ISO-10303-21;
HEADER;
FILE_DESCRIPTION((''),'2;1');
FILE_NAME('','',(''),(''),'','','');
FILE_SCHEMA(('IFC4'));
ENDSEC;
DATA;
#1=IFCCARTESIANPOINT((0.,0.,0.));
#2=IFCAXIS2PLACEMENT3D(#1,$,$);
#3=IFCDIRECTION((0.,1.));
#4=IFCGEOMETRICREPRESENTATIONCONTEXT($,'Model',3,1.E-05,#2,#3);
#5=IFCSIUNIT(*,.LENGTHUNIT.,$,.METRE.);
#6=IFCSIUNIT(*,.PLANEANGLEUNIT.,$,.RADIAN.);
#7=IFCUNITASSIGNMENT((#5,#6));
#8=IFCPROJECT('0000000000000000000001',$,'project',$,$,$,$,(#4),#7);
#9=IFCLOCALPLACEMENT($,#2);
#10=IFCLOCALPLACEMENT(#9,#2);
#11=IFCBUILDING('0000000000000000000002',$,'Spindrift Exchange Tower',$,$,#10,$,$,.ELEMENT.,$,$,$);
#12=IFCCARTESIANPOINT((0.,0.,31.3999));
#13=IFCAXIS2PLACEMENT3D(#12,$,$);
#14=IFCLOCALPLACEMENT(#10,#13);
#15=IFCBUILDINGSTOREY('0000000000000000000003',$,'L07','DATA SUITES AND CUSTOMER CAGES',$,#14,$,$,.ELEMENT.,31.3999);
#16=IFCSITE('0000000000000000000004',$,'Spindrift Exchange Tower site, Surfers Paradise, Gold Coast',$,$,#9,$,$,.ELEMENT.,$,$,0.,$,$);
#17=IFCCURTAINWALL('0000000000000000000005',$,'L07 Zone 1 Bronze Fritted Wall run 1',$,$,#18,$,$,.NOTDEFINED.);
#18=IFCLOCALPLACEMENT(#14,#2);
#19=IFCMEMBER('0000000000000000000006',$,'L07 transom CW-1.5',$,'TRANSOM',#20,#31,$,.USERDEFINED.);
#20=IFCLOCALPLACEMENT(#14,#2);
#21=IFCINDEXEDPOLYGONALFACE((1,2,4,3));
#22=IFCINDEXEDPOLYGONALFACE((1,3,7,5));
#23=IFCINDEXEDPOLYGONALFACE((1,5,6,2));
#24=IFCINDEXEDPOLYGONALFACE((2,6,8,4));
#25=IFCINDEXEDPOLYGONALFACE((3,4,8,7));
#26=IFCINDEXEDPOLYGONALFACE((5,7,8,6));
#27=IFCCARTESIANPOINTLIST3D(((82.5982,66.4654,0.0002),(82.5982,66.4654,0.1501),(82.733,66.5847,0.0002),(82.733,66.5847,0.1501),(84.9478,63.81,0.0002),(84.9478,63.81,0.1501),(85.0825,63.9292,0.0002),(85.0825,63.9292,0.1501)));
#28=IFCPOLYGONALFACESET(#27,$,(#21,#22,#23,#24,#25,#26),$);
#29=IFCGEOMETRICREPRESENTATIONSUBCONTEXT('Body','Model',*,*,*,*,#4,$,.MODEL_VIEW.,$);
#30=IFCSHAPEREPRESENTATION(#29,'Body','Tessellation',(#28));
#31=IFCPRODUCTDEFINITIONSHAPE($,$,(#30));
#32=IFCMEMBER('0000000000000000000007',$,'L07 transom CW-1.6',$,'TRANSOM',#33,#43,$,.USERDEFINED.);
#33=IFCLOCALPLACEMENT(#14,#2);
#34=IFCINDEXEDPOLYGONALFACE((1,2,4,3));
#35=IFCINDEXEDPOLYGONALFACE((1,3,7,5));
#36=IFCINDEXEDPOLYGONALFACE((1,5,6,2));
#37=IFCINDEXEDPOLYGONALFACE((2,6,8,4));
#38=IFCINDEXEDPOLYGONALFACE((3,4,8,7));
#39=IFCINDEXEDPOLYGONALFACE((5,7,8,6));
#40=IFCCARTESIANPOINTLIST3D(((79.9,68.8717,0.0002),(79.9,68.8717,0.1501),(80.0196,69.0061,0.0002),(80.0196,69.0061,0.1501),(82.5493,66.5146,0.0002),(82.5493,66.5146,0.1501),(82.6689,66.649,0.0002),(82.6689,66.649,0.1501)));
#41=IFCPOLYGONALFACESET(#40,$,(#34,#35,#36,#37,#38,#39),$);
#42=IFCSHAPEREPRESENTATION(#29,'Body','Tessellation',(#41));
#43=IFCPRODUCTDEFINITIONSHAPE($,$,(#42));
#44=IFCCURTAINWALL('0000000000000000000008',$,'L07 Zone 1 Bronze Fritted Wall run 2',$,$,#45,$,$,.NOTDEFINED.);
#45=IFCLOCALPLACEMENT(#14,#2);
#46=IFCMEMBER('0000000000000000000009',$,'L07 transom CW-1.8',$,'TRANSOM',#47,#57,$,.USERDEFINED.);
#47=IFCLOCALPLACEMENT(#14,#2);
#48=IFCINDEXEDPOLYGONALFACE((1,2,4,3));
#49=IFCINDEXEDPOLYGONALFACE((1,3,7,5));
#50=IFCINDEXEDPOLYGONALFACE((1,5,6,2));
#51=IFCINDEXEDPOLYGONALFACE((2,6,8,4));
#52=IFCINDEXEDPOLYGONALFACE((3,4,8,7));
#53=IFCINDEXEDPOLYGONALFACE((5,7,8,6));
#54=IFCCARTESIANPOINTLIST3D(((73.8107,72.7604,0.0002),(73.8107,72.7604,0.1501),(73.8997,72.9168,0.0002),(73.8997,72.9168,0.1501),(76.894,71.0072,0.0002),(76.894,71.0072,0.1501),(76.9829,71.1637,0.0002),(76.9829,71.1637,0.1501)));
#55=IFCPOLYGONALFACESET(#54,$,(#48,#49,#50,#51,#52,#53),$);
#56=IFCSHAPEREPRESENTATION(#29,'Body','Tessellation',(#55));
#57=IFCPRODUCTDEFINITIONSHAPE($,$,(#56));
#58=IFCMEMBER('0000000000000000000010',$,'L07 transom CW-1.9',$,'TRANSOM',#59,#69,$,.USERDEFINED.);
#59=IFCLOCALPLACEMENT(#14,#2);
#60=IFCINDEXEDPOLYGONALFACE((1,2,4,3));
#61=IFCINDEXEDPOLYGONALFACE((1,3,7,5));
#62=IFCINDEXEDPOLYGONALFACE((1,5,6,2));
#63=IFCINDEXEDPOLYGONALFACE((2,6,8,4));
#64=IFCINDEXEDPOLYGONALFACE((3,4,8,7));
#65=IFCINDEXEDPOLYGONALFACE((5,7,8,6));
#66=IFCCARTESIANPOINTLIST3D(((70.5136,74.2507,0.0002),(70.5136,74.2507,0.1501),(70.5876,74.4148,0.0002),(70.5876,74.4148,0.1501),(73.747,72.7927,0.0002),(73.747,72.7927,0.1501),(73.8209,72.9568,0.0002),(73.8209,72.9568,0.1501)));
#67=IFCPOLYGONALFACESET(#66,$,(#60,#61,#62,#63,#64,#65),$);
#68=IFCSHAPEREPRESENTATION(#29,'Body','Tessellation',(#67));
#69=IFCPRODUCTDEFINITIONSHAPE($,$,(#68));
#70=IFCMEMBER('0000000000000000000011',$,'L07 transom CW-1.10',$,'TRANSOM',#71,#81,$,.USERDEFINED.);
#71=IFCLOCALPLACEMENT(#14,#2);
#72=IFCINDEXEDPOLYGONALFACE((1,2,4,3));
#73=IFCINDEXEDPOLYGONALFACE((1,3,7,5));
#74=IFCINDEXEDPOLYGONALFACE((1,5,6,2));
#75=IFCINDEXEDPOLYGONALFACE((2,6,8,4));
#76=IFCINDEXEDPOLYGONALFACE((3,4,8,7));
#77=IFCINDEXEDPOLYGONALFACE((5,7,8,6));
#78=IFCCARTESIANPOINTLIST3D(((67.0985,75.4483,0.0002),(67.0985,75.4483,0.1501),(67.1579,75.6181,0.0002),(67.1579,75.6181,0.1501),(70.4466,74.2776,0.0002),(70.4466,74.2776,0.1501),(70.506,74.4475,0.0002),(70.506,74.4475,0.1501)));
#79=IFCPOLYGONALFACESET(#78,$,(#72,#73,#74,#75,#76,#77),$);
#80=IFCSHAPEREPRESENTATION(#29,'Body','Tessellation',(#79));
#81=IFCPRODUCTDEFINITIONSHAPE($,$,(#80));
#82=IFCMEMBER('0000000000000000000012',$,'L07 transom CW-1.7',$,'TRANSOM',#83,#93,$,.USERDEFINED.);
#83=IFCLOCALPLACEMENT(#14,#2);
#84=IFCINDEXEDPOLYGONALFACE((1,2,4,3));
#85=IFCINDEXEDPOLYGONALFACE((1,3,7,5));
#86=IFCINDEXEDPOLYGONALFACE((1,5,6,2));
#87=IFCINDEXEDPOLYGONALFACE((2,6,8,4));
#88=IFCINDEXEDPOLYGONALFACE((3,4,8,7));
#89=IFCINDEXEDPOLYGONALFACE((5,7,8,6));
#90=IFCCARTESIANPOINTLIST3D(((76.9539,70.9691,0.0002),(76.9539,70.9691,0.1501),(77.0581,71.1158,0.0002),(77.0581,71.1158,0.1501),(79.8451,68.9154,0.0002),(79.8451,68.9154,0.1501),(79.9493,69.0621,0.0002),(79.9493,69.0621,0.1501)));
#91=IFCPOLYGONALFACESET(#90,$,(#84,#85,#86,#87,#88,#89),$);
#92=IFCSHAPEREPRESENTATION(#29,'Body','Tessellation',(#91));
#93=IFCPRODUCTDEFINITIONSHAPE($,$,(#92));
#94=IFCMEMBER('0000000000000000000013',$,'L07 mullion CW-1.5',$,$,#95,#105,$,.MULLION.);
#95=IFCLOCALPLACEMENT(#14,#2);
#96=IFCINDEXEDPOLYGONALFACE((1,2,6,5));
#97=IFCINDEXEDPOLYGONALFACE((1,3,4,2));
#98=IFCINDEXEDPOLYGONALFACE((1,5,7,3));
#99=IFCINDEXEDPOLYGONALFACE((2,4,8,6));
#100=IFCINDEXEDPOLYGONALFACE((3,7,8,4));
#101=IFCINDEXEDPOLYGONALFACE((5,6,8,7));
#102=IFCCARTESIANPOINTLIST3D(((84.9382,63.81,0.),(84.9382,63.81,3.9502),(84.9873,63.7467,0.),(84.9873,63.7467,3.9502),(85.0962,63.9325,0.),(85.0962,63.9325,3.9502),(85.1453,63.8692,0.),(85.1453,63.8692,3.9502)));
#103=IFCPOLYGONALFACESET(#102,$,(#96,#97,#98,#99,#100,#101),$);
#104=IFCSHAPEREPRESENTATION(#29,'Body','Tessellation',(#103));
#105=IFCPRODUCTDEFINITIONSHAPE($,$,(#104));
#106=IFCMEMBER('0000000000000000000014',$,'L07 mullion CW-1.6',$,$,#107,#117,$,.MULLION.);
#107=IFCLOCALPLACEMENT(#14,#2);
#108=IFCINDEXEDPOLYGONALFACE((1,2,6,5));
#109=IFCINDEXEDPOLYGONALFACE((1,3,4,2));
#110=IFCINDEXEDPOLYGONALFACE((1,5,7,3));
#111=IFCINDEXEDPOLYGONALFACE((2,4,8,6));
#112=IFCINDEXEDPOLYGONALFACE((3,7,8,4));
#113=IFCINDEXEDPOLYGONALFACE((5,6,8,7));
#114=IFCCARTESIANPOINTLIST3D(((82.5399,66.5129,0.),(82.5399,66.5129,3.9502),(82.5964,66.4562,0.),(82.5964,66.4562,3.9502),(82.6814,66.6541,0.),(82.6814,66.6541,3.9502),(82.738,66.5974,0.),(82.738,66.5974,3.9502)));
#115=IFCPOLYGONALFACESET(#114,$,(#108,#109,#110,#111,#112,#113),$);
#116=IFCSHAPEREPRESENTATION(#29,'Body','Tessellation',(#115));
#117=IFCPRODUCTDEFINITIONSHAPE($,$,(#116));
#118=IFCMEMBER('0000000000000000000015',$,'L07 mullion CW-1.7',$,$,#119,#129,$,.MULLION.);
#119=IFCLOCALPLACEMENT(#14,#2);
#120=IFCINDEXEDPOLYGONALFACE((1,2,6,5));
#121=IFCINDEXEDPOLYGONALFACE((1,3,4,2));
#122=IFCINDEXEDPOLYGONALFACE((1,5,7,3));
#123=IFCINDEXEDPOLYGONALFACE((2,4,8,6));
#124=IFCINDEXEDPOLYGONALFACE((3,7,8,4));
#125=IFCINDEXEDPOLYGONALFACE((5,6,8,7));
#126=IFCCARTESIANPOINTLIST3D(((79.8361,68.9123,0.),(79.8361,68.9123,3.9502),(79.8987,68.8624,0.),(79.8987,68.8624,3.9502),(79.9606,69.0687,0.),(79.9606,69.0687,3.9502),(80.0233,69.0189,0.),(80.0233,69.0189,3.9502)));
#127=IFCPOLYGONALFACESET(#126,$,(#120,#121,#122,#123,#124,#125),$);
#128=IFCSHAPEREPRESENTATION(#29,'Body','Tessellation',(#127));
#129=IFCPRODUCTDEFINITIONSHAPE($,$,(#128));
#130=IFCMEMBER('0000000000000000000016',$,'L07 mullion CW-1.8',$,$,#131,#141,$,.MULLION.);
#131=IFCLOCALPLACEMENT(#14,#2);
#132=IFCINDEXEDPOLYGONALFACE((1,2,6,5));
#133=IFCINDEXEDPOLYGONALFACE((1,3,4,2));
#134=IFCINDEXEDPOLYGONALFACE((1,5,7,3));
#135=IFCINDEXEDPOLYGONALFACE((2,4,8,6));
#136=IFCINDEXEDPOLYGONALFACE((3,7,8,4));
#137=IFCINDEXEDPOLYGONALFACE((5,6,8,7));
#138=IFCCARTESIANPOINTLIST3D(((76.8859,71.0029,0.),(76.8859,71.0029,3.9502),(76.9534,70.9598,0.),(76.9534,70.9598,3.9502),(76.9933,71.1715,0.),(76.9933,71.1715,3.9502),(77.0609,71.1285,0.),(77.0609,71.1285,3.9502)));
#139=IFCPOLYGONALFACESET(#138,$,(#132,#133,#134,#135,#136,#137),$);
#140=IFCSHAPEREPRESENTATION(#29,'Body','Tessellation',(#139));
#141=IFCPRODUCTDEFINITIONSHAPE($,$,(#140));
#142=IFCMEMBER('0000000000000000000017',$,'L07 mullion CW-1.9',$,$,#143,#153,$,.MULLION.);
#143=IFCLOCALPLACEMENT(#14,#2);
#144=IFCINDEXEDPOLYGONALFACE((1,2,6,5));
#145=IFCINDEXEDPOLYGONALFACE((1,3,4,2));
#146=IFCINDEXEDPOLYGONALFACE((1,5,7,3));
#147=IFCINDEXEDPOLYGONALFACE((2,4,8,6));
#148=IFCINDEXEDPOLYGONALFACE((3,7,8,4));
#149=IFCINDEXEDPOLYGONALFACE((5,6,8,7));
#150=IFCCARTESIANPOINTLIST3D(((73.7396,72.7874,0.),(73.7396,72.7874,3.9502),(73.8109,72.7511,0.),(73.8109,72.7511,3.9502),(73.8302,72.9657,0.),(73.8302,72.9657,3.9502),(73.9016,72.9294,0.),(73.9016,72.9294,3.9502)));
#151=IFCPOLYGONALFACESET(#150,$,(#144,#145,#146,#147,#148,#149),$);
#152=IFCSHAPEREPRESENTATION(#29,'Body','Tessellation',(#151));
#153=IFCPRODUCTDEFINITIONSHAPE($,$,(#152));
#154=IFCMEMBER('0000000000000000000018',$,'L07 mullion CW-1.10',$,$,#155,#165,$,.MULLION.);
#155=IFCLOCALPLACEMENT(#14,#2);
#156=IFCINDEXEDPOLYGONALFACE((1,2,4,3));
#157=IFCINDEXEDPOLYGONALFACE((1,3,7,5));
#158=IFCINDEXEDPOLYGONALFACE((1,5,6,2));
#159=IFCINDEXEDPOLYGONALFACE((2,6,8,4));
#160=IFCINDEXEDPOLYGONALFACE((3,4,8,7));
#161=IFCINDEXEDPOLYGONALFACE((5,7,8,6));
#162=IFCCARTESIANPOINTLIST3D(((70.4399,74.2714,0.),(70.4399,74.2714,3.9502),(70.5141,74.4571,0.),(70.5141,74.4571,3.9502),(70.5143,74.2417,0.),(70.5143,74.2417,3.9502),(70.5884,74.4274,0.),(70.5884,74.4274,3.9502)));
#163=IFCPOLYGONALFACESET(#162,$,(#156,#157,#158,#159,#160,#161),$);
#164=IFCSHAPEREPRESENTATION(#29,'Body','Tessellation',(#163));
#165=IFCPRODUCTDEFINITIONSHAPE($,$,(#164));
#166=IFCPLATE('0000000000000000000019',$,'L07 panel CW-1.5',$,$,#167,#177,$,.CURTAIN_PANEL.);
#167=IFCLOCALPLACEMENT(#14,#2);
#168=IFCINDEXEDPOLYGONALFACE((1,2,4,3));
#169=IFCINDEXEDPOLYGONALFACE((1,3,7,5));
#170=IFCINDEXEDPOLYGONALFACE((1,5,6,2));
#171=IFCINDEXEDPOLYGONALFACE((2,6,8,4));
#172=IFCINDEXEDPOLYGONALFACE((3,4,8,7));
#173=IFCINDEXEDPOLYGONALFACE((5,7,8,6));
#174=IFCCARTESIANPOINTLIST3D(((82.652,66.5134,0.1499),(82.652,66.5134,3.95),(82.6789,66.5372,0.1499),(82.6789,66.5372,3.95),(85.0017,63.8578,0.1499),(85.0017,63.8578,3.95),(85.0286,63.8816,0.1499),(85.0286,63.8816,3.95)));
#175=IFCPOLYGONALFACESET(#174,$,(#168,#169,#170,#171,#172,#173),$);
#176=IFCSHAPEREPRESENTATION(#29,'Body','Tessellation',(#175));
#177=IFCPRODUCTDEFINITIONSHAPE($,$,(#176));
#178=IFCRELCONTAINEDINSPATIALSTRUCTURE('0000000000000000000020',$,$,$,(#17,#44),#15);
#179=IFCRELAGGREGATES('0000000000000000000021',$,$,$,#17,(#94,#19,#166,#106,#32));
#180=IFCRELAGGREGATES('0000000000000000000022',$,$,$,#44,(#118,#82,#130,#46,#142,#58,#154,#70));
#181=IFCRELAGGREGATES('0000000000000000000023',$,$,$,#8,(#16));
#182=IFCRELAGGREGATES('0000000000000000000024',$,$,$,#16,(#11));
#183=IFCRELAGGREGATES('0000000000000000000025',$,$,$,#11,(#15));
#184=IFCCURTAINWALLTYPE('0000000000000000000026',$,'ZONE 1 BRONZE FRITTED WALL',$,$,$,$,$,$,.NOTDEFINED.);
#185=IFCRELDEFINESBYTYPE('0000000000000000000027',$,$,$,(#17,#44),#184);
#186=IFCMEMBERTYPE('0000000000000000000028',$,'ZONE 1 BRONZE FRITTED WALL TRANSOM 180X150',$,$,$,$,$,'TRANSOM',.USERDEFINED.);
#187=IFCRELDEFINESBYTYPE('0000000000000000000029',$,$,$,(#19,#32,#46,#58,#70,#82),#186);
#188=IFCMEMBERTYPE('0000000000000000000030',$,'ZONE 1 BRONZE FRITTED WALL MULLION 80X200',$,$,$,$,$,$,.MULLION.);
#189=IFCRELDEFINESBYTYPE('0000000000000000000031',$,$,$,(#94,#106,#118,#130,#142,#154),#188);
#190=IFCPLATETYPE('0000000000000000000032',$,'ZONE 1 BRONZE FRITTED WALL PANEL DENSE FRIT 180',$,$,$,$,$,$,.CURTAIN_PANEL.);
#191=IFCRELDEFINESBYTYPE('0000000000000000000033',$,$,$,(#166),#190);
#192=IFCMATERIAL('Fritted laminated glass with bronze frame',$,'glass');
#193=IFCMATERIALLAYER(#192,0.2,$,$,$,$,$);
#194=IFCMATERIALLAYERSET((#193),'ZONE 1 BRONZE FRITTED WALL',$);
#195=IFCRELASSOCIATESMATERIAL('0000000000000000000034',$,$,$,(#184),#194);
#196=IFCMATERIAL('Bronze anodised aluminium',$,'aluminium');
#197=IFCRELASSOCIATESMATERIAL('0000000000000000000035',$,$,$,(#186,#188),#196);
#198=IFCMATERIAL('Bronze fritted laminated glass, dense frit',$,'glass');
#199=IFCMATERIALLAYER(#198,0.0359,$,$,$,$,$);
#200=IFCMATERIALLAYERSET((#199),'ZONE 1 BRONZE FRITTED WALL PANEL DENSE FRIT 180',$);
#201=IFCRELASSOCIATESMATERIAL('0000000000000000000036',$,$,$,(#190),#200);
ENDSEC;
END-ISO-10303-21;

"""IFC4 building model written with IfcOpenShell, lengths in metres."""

from ifc_helpers import new_model, si_unit, direction, frame, origin, origin_2d, place, context, subcontext, project, spatial, rectangle, extrude, source, transform, mapped, material, layer, layer_set, material_profile, profile_set, type_object, element, aggregate, save


model = new_model("IFC4")

# Units and contexts
model_context = context("Model", 3, precision=1e-05, world=origin(), true_north=direction((0.0, 1.0)))
body_context = subcontext(model_context, "Body", "Model", "MODEL_VIEW")
ifc_project = project(units=[si_unit("LENGTHUNIT", "METRE"), si_unit("PLANEANGLEUNIT", "RADIAN")], contexts=[model_context])

# Site, building, storey
site_placement = place(None, origin())
site = spatial("IfcSite", under=ifc_project, at=site_placement, Name="Spindrift Exchange Tower site, Surfers Paradise, Gold Coast", CompositionType="ELEMENT", RefElevation=0.0)
building_placement = place(site_placement, origin())
building = spatial("IfcBuilding", under=site, at=building_placement, Name="Spindrift Exchange Tower", CompositionType="ELEMENT")
storey_placement = place(building_placement, frame((0.0, 0.0, 31.3999)))
storey = spatial("IfcBuildingStorey", under=building, at=storey_placement, Name="L07", Description="DATA SUITES AND CUSTOMER CAGES", CompositionType="ELEMENT", Elevation=31.3999)

# Curtain walls, members
ifc_material_1 = material(Name="Fritted laminated glass with bronze frame", Category="glass")
ifc_layer_1 = layer(ifc_material_1, 0.2)
ifc_layer_set_1 = layer_set([ifc_layer_1], Name="ZONE 1 BRONZE FRITTED WALL")
curtain_wall_type = type_object("IfcCurtainWallType", Name="ZONE 1 BRONZE FRITTED WALL", PredefinedType="NOTDEFINED", material=ifc_layer_set_1)
curtain_wall_1_placement = place(storey_placement, origin())
curtain_wall_1 = element("IfcCurtainWall", 1, at=curtain_wall_1_placement, inside=storey, type_object=curtain_wall_type, Name="L07 Zone 1 Bronze Fritted Wall run 1", PredefinedType="NOTDEFINED")
ifc_material_2 = material(Name="Bronze anodised aluminium", Category="aluminium")
ifc_material_profile_1 = material_profile(ifc_material_2, rectangle(XDim=0.1799, YDim=0.1499, at=origin_2d()), Name="ZONE 1 BRONZE FRITTED WALL TRANSOM 180X150")
ifc_profile_set_1 = profile_set([ifc_material_profile_1], Name="Bronze anodised aluminium")
member_type_1 = type_object("IfcMemberType", Name="ZONE 1 BRONZE FRITTED WALL TRANSOM 180X150", ElementType="TRANSOM", PredefinedType="USERDEFINED", material=ifc_profile_set_1)
shared_shape_1 = source(origin(), body_context, "Body", "SweptSolid", [
    extrude(rectangle(XDim=0.1799, YDim=0.1499, at=origin_2d()), origin(), (0.0, 0.0, 1.0), 3.5457),
])
member_1_placement = place(storey_placement, frame((85.0151, 63.8696, 0.0752), z_axis=(-0.662653, 0.748927, 0.0), x_axis=(-0.748927, -0.662653, 0.0)))
member_1 = element("IfcMember", 2, at=member_1_placement, type_object=member_type_1, Name="L07 transom CW-1.5", ObjectType="TRANSOM", PredefinedType="USERDEFINED", context=body_context, shape_type="MappedRepresentation", body=[
    mapped(shared_shape_1, transform((0.0, 0.0, 0.0), scale=1.0)),
])
shared_shape_2 = source(origin(), body_context, "Body", "SweptSolid", [
    extrude(rectangle(XDim=0.1799, YDim=0.1499, at=origin_2d()), origin(), (0.0, 0.0, 1.0), 3.5461),
])
member_2_placement = place(storey_placement, frame((82.6091, 66.5818, 0.0752), z_axis=(-0.747109, 0.664701, 0.0), x_axis=(-0.664701, -0.747109, 0.0)))
member_2 = element("IfcMember", 3, at=member_2_placement, type_object=member_type_1, Name="L07 transom CW-1.6", ObjectType="TRANSOM", PredefinedType="USERDEFINED", context=body_context, shape_type="MappedRepresentation", body=[
    mapped(shared_shape_2, transform((0.0, 0.0, 0.0), scale=1.0)),
])
curtain_wall_2_placement = place(storey_placement, origin())
curtain_wall_2 = element("IfcCurtainWall", 4, at=curtain_wall_2_placement, inside=storey, type_object=curtain_wall_type, Name="L07 Zone 1 Bronze Fritted Wall run 2", PredefinedType="NOTDEFINED")
shared_shape_3 = source(origin(), body_context, "Body", "SweptSolid", [
    extrude(rectangle(XDim=0.1799, YDim=0.1499, at=origin_2d()), origin(), (0.0, 0.0, 1.0), 3.5469),
])
member_3_placement = place(storey_placement, frame((76.9385, 71.0854, 0.0752), z_axis=(-0.869296, 0.494292, 0.0), x_axis=(-0.494292, -0.869296, 0.0)))
member_3 = element("IfcMember", 5, at=member_3_placement, type_object=member_type_1, Name="L07 transom CW-1.8", ObjectType="TRANSOM", PredefinedType="USERDEFINED", context=body_context, shape_type="MappedRepresentation", body=[
    mapped(shared_shape_3, transform((0.0, 0.0, 0.0), scale=1.0)),
])
member_4_placement = place(storey_placement, frame((73.7839, 72.8748, 0.0752), z_axis=(-0.911607, 0.411063, 0.0), x_axis=(-0.411063, -0.911607, 0.0)))
member_4 = element("IfcMember", 6, at=member_4_placement, type_object=member_type_1, Name="L07 transom CW-1.9", ObjectType="TRANSOM", PredefinedType="USERDEFINED", context=body_context, shape_type="MappedRepresentation", body=[
    mapped(shared_shape_3, transform((0.0, 0.0, 0.0), scale=1.0)),
])
member_5_placement = place(storey_placement, frame((70.4763, 74.3625, 0.0752), z_axis=(-0.943963, 0.33005, 0.0), x_axis=(-0.33005, -0.943963, 0.0)))
member_5 = element("IfcMember", 7, at=member_5_placement, type_object=member_type_1, Name="L07 transom CW-1.10", ObjectType="TRANSOM", PredefinedType="USERDEFINED", context=body_context, shape_type="MappedRepresentation", body=[
    mapped(shared_shape_3, transform((0.0, 0.0, 0.0), scale=1.0)),
])
shared_shape_4 = source(origin(), body_context, "Body", "SweptSolid", [
    extrude(rectangle(XDim=0.1799, YDim=0.1499, at=origin_2d()), origin(), (0.0, 0.0, 1.0), 3.5464),
])
member_6_placement = place(storey_placement, frame((79.8972, 68.9888, 0.0752), z_axis=(-0.81527, 0.579081, 0.0), x_axis=(-0.579081, -0.81527, 0.0)))
member_6 = element("IfcMember", 8, at=member_6_placement, type_object=member_type_1, Name="L07 transom CW-1.7", ObjectType="TRANSOM", PredefinedType="USERDEFINED", context=body_context, shape_type="MappedRepresentation", body=[
    mapped(shared_shape_4, transform((0.0, 0.0, 0.0), scale=1.0)),
])

# Members
ifc_material_profile_2 = material_profile(ifc_material_2, rectangle(XDim=0.0801, YDim=0.2, at=origin_2d()), Name="ZONE 1 BRONZE FRITTED WALL MULLION 80X200")
ifc_profile_set_2 = profile_set([ifc_material_profile_2], Name="Bronze anodised aluminium")
member_type_2 = type_object("IfcMemberType", Name="ZONE 1 BRONZE FRITTED WALL MULLION 80X200", PredefinedType="MULLION", material=ifc_profile_set_2)
shared_shape_5 = source(origin(), body_context, "Body", "SweptSolid", [
    extrude(rectangle(XDim=0.0801, YDim=0.2, at=origin_2d()), origin(), (0.0, 0.0, 1.0), 3.9502),
])
member_7_placement = place(storey_placement, frame((85.0417, 63.8396, 0.0), z_axis=(0.0, 0.0, 1.0), x_axis=(-0.61255, 0.790432, 0.0)))
member_7 = element("IfcMember", 9, at=member_7_placement, type_object=member_type_2, Name="L07 mullion CW-1.5", PredefinedType="MULLION", context=body_context, shape_type="MappedRepresentation", body=[
    mapped(shared_shape_5, transform((0.0, 0.0, 0.0), scale=1.0)),
])
member_8_placement = place(storey_placement, frame((82.6389, 66.5552, 0.0), z_axis=(0.0, 0.0, 1.0), x_axis=(-0.706137, 0.708075, 0.0)))
member_8 = element("IfcMember", 10, at=member_8_placement, type_object=member_type_2, Name="L07 mullion CW-1.6", PredefinedType="MULLION", context=body_context, shape_type="MappedRepresentation", body=[
    mapped(shared_shape_5, transform((0.0, 0.0, 0.0), scale=1.0)),
])
member_9_placement = place(storey_placement, frame((79.9297, 68.9656, 0.0), z_axis=(0.0, 0.0, 1.0), x_axis=(-0.782345, 0.622846, 0.0)))
member_9 = element("IfcMember", 11, at=member_9_placement, type_object=member_type_2, Name="L07 mullion CW-1.7", PredefinedType="MULLION", context=body_context, shape_type="MappedRepresentation", body=[
    mapped(shared_shape_5, transform((0.0, 0.0, 0.0), scale=1.0)),
])
member_10_placement = place(storey_placement, frame((76.9734, 71.0657, 0.0), z_axis=(0.0, 0.0, 1.0), x_axis=(-0.843344, 0.537374, 0.0)))
member_10 = element("IfcMember", 12, at=member_10_placement, type_object=member_type_2, Name="L07 mullion CW-1.8", PredefinedType="MULLION", context=body_context, shape_type="MappedRepresentation", body=[
    mapped(shared_shape_5, transform((0.0, 0.0, 0.0), scale=1.0)),
])
member_11_placement = place(storey_placement, frame((73.8206, 72.8584, 0.0), z_axis=(0.0, 0.0, 1.0), x_axis=(-0.891426, 0.453167, 0.0)))
member_11 = element("IfcMember", 13, at=member_11_placement, type_object=member_type_2, Name="L07 mullion CW-1.9", PredefinedType="MULLION", context=body_context, shape_type="MappedRepresentation", body=[
    mapped(shared_shape_5, transform((0.0, 0.0, 0.0), scale=1.0)),
])
member_12_placement = place(storey_placement, frame((70.5142, 74.3494, 0.0), z_axis=(0.0, 0.0, 1.0), x_axis=(-0.928666, 0.370917, 0.0)))
member_12 = element("IfcMember", 14, at=member_12_placement, type_object=member_type_2, Name="L07 mullion CW-1.10", PredefinedType="MULLION", context=body_context, shape_type="MappedRepresentation", body=[
    mapped(shared_shape_5, transform((0.0, 0.0, 0.0), scale=1.0)),
])

# Plate
ifc_material_3 = material(Name="Bronze fritted laminated glass, dense frit", Category="glass")
ifc_layer_2 = layer(ifc_material_3, 0.0359)
ifc_layer_set_2 = layer_set([ifc_layer_2], Name="ZONE 1 BRONZE FRITTED WALL PANEL DENSE FRIT 180")
plate_type_1 = type_object("IfcPlateType", Name="ZONE 1 BRONZE FRITTED WALL PANEL DENSE FRIT 180", PredefinedType="CURTAIN_PANEL", material=ifc_layer_set_2)
shared_shape_6 = source(origin(), body_context, "Body", "SweptSolid", [
    extrude(rectangle(XDim=3.5459, YDim=0.0359, at=origin_2d()), origin(), (0.0, 0.0, 1.0), 3.8),
])
plate_1_placement = place(storey_placement, frame((83.8403, 65.1975, 0.1499), z_axis=(0.0, 0.0, 1.0), x_axis=(-0.662655, 0.748924, 0.0)))
plate_1 = element("IfcPlate", 15, at=plate_1_placement, type_object=plate_type_1, Name="L07 panel CW-1.5", PredefinedType="CURTAIN_PANEL", context=body_context, shape_type="MappedRepresentation", body=[
    mapped(shared_shape_6, transform((0.0, 0.0, 0.0), scale=1.0)),
])
aggregate(curtain_wall_1, [member_7, member_1, plate_1, member_8, member_2])
aggregate(curtain_wall_2, [member_9, member_6, member_10, member_3, member_11, member_4, member_12, member_5])

save(model, "model.ifc")
